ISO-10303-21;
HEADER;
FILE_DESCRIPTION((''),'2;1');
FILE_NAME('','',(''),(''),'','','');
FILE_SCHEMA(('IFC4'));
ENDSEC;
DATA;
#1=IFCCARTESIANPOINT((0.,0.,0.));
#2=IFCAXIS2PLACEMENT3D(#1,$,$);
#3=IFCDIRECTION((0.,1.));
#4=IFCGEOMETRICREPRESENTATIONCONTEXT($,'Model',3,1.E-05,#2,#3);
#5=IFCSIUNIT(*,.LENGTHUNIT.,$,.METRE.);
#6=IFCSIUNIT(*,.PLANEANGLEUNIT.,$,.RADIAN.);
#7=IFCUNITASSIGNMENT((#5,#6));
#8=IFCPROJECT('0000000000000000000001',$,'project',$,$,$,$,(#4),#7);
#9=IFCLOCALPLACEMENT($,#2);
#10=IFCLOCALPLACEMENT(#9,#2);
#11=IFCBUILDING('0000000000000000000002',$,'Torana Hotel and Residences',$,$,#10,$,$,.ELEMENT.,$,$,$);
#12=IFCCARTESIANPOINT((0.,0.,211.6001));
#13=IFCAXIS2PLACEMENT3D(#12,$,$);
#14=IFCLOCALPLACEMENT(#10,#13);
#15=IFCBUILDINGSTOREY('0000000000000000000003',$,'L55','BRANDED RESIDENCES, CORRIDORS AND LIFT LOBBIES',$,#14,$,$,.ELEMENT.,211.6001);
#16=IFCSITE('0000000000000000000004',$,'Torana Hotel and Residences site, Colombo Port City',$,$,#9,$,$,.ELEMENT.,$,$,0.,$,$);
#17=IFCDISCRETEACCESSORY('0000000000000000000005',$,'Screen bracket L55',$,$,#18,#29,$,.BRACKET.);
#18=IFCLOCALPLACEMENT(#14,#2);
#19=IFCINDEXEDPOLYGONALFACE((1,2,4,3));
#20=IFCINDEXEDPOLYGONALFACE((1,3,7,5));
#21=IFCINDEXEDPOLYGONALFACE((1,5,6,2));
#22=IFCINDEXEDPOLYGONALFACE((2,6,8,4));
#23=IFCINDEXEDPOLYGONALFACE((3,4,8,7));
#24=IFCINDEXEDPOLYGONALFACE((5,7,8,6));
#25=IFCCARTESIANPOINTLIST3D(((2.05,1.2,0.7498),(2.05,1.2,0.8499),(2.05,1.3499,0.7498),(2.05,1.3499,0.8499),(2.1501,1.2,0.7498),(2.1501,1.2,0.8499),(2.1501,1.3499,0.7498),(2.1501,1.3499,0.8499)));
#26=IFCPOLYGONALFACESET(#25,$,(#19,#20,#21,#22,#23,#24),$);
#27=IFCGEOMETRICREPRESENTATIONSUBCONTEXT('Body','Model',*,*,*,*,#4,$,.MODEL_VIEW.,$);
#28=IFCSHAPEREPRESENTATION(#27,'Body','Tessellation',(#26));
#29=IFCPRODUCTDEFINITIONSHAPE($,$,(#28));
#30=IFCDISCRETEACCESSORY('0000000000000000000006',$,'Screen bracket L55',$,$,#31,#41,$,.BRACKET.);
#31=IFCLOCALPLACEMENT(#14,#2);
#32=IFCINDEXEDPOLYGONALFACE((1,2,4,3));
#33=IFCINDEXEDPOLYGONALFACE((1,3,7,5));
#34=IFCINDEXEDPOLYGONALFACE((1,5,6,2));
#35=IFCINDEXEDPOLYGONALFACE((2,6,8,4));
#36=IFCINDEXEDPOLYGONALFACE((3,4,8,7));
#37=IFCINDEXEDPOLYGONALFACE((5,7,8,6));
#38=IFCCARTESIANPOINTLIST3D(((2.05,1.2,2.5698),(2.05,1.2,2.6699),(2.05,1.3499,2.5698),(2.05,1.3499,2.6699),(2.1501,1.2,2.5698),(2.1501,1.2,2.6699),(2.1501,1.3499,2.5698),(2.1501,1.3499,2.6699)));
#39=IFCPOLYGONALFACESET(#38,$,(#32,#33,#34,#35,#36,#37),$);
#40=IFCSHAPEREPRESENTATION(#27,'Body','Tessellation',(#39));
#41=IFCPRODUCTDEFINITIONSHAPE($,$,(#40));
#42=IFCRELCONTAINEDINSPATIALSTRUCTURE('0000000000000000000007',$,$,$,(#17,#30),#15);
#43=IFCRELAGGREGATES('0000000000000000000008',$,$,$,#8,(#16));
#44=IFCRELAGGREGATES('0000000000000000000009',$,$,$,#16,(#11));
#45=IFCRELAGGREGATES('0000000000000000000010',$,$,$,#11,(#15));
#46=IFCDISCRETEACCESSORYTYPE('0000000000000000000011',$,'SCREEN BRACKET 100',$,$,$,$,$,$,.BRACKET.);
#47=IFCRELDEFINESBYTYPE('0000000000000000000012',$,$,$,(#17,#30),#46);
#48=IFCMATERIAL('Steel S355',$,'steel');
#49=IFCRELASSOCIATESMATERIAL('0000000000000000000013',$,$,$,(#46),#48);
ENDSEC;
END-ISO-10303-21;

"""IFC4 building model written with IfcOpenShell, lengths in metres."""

from ifc_helpers import new_model, si_unit, direction, frame, origin, origin_2d, place, context, subcontext, project, spatial, rectangle, extrude, material, type_object, element, save


model = new_model("IFC4")

# Units and contexts
model_context = context("Model", 3, precision=1e-05, world=origin(), true_north=direction((0.0, 1.0)))
body_context = subcontext(model_context, "Body", "Model", "MODEL_VIEW")
ifc_project = project(units=[si_unit("LENGTHUNIT", "METRE"), si_unit("PLANEANGLEUNIT", "RADIAN")], contexts=[model_context])

# Site, building, storey
site_placement = place(None, origin())
site = spatial("IfcSite", under=ifc_project, at=site_placement, Name="Torana Hotel and Residences site, Colombo Port City", CompositionType="ELEMENT", RefElevation=0.0)
building_placement = place(site_placement, origin())
building = spatial("IfcBuilding", under=site, at=building_placement, Name="Torana Hotel and Residences", CompositionType="ELEMENT")
storey_placement = place(building_placement, frame((0.0, 0.0, 211.6001)))
storey = spatial("IfcBuildingStorey", under=building, at=storey_placement, Name="L55", Description="BRANDED RESIDENCES, CORRIDORS AND LIFT LOBBIES", CompositionType="ELEMENT", Elevation=211.6001)

# Discrete accessories
ifc_material_1 = material(Name="Steel S355", Category="steel")
discrete_accessory_type = type_object("IfcDiscreteAccessoryType", Name="SCREEN BRACKET 100", PredefinedType="BRACKET", material=ifc_material_1)
for number, where, z_axis, x_axis, name in (
    (1, (2.1001, 1.2749, 0.7498), (0.0, 0.0, 1.0), (-1.0, 0.0, 0.0), "Screen bracket L55"),
    (2, (2.1001, 1.2749, 2.5698), (0.0, 0.0, 1.0), (-1.0, 0.0, 0.0), "Screen bracket L55"),
):
    element("IfcDiscreteAccessory", number, at=place(storey_placement, frame(where, z_axis=z_axis, x_axis=x_axis)), inside=storey, type_object=discrete_accessory_type, Name=name, PredefinedType="BRACKET", context=body_context, shape_type="SweptSolid", body=[
        extrude(rectangle(XDim=0.1001, YDim=0.1499, at=origin_2d()), origin(), (0.0, 0.0, 1.0), 0.1001),
    ])

save(model, "model.ifc")
